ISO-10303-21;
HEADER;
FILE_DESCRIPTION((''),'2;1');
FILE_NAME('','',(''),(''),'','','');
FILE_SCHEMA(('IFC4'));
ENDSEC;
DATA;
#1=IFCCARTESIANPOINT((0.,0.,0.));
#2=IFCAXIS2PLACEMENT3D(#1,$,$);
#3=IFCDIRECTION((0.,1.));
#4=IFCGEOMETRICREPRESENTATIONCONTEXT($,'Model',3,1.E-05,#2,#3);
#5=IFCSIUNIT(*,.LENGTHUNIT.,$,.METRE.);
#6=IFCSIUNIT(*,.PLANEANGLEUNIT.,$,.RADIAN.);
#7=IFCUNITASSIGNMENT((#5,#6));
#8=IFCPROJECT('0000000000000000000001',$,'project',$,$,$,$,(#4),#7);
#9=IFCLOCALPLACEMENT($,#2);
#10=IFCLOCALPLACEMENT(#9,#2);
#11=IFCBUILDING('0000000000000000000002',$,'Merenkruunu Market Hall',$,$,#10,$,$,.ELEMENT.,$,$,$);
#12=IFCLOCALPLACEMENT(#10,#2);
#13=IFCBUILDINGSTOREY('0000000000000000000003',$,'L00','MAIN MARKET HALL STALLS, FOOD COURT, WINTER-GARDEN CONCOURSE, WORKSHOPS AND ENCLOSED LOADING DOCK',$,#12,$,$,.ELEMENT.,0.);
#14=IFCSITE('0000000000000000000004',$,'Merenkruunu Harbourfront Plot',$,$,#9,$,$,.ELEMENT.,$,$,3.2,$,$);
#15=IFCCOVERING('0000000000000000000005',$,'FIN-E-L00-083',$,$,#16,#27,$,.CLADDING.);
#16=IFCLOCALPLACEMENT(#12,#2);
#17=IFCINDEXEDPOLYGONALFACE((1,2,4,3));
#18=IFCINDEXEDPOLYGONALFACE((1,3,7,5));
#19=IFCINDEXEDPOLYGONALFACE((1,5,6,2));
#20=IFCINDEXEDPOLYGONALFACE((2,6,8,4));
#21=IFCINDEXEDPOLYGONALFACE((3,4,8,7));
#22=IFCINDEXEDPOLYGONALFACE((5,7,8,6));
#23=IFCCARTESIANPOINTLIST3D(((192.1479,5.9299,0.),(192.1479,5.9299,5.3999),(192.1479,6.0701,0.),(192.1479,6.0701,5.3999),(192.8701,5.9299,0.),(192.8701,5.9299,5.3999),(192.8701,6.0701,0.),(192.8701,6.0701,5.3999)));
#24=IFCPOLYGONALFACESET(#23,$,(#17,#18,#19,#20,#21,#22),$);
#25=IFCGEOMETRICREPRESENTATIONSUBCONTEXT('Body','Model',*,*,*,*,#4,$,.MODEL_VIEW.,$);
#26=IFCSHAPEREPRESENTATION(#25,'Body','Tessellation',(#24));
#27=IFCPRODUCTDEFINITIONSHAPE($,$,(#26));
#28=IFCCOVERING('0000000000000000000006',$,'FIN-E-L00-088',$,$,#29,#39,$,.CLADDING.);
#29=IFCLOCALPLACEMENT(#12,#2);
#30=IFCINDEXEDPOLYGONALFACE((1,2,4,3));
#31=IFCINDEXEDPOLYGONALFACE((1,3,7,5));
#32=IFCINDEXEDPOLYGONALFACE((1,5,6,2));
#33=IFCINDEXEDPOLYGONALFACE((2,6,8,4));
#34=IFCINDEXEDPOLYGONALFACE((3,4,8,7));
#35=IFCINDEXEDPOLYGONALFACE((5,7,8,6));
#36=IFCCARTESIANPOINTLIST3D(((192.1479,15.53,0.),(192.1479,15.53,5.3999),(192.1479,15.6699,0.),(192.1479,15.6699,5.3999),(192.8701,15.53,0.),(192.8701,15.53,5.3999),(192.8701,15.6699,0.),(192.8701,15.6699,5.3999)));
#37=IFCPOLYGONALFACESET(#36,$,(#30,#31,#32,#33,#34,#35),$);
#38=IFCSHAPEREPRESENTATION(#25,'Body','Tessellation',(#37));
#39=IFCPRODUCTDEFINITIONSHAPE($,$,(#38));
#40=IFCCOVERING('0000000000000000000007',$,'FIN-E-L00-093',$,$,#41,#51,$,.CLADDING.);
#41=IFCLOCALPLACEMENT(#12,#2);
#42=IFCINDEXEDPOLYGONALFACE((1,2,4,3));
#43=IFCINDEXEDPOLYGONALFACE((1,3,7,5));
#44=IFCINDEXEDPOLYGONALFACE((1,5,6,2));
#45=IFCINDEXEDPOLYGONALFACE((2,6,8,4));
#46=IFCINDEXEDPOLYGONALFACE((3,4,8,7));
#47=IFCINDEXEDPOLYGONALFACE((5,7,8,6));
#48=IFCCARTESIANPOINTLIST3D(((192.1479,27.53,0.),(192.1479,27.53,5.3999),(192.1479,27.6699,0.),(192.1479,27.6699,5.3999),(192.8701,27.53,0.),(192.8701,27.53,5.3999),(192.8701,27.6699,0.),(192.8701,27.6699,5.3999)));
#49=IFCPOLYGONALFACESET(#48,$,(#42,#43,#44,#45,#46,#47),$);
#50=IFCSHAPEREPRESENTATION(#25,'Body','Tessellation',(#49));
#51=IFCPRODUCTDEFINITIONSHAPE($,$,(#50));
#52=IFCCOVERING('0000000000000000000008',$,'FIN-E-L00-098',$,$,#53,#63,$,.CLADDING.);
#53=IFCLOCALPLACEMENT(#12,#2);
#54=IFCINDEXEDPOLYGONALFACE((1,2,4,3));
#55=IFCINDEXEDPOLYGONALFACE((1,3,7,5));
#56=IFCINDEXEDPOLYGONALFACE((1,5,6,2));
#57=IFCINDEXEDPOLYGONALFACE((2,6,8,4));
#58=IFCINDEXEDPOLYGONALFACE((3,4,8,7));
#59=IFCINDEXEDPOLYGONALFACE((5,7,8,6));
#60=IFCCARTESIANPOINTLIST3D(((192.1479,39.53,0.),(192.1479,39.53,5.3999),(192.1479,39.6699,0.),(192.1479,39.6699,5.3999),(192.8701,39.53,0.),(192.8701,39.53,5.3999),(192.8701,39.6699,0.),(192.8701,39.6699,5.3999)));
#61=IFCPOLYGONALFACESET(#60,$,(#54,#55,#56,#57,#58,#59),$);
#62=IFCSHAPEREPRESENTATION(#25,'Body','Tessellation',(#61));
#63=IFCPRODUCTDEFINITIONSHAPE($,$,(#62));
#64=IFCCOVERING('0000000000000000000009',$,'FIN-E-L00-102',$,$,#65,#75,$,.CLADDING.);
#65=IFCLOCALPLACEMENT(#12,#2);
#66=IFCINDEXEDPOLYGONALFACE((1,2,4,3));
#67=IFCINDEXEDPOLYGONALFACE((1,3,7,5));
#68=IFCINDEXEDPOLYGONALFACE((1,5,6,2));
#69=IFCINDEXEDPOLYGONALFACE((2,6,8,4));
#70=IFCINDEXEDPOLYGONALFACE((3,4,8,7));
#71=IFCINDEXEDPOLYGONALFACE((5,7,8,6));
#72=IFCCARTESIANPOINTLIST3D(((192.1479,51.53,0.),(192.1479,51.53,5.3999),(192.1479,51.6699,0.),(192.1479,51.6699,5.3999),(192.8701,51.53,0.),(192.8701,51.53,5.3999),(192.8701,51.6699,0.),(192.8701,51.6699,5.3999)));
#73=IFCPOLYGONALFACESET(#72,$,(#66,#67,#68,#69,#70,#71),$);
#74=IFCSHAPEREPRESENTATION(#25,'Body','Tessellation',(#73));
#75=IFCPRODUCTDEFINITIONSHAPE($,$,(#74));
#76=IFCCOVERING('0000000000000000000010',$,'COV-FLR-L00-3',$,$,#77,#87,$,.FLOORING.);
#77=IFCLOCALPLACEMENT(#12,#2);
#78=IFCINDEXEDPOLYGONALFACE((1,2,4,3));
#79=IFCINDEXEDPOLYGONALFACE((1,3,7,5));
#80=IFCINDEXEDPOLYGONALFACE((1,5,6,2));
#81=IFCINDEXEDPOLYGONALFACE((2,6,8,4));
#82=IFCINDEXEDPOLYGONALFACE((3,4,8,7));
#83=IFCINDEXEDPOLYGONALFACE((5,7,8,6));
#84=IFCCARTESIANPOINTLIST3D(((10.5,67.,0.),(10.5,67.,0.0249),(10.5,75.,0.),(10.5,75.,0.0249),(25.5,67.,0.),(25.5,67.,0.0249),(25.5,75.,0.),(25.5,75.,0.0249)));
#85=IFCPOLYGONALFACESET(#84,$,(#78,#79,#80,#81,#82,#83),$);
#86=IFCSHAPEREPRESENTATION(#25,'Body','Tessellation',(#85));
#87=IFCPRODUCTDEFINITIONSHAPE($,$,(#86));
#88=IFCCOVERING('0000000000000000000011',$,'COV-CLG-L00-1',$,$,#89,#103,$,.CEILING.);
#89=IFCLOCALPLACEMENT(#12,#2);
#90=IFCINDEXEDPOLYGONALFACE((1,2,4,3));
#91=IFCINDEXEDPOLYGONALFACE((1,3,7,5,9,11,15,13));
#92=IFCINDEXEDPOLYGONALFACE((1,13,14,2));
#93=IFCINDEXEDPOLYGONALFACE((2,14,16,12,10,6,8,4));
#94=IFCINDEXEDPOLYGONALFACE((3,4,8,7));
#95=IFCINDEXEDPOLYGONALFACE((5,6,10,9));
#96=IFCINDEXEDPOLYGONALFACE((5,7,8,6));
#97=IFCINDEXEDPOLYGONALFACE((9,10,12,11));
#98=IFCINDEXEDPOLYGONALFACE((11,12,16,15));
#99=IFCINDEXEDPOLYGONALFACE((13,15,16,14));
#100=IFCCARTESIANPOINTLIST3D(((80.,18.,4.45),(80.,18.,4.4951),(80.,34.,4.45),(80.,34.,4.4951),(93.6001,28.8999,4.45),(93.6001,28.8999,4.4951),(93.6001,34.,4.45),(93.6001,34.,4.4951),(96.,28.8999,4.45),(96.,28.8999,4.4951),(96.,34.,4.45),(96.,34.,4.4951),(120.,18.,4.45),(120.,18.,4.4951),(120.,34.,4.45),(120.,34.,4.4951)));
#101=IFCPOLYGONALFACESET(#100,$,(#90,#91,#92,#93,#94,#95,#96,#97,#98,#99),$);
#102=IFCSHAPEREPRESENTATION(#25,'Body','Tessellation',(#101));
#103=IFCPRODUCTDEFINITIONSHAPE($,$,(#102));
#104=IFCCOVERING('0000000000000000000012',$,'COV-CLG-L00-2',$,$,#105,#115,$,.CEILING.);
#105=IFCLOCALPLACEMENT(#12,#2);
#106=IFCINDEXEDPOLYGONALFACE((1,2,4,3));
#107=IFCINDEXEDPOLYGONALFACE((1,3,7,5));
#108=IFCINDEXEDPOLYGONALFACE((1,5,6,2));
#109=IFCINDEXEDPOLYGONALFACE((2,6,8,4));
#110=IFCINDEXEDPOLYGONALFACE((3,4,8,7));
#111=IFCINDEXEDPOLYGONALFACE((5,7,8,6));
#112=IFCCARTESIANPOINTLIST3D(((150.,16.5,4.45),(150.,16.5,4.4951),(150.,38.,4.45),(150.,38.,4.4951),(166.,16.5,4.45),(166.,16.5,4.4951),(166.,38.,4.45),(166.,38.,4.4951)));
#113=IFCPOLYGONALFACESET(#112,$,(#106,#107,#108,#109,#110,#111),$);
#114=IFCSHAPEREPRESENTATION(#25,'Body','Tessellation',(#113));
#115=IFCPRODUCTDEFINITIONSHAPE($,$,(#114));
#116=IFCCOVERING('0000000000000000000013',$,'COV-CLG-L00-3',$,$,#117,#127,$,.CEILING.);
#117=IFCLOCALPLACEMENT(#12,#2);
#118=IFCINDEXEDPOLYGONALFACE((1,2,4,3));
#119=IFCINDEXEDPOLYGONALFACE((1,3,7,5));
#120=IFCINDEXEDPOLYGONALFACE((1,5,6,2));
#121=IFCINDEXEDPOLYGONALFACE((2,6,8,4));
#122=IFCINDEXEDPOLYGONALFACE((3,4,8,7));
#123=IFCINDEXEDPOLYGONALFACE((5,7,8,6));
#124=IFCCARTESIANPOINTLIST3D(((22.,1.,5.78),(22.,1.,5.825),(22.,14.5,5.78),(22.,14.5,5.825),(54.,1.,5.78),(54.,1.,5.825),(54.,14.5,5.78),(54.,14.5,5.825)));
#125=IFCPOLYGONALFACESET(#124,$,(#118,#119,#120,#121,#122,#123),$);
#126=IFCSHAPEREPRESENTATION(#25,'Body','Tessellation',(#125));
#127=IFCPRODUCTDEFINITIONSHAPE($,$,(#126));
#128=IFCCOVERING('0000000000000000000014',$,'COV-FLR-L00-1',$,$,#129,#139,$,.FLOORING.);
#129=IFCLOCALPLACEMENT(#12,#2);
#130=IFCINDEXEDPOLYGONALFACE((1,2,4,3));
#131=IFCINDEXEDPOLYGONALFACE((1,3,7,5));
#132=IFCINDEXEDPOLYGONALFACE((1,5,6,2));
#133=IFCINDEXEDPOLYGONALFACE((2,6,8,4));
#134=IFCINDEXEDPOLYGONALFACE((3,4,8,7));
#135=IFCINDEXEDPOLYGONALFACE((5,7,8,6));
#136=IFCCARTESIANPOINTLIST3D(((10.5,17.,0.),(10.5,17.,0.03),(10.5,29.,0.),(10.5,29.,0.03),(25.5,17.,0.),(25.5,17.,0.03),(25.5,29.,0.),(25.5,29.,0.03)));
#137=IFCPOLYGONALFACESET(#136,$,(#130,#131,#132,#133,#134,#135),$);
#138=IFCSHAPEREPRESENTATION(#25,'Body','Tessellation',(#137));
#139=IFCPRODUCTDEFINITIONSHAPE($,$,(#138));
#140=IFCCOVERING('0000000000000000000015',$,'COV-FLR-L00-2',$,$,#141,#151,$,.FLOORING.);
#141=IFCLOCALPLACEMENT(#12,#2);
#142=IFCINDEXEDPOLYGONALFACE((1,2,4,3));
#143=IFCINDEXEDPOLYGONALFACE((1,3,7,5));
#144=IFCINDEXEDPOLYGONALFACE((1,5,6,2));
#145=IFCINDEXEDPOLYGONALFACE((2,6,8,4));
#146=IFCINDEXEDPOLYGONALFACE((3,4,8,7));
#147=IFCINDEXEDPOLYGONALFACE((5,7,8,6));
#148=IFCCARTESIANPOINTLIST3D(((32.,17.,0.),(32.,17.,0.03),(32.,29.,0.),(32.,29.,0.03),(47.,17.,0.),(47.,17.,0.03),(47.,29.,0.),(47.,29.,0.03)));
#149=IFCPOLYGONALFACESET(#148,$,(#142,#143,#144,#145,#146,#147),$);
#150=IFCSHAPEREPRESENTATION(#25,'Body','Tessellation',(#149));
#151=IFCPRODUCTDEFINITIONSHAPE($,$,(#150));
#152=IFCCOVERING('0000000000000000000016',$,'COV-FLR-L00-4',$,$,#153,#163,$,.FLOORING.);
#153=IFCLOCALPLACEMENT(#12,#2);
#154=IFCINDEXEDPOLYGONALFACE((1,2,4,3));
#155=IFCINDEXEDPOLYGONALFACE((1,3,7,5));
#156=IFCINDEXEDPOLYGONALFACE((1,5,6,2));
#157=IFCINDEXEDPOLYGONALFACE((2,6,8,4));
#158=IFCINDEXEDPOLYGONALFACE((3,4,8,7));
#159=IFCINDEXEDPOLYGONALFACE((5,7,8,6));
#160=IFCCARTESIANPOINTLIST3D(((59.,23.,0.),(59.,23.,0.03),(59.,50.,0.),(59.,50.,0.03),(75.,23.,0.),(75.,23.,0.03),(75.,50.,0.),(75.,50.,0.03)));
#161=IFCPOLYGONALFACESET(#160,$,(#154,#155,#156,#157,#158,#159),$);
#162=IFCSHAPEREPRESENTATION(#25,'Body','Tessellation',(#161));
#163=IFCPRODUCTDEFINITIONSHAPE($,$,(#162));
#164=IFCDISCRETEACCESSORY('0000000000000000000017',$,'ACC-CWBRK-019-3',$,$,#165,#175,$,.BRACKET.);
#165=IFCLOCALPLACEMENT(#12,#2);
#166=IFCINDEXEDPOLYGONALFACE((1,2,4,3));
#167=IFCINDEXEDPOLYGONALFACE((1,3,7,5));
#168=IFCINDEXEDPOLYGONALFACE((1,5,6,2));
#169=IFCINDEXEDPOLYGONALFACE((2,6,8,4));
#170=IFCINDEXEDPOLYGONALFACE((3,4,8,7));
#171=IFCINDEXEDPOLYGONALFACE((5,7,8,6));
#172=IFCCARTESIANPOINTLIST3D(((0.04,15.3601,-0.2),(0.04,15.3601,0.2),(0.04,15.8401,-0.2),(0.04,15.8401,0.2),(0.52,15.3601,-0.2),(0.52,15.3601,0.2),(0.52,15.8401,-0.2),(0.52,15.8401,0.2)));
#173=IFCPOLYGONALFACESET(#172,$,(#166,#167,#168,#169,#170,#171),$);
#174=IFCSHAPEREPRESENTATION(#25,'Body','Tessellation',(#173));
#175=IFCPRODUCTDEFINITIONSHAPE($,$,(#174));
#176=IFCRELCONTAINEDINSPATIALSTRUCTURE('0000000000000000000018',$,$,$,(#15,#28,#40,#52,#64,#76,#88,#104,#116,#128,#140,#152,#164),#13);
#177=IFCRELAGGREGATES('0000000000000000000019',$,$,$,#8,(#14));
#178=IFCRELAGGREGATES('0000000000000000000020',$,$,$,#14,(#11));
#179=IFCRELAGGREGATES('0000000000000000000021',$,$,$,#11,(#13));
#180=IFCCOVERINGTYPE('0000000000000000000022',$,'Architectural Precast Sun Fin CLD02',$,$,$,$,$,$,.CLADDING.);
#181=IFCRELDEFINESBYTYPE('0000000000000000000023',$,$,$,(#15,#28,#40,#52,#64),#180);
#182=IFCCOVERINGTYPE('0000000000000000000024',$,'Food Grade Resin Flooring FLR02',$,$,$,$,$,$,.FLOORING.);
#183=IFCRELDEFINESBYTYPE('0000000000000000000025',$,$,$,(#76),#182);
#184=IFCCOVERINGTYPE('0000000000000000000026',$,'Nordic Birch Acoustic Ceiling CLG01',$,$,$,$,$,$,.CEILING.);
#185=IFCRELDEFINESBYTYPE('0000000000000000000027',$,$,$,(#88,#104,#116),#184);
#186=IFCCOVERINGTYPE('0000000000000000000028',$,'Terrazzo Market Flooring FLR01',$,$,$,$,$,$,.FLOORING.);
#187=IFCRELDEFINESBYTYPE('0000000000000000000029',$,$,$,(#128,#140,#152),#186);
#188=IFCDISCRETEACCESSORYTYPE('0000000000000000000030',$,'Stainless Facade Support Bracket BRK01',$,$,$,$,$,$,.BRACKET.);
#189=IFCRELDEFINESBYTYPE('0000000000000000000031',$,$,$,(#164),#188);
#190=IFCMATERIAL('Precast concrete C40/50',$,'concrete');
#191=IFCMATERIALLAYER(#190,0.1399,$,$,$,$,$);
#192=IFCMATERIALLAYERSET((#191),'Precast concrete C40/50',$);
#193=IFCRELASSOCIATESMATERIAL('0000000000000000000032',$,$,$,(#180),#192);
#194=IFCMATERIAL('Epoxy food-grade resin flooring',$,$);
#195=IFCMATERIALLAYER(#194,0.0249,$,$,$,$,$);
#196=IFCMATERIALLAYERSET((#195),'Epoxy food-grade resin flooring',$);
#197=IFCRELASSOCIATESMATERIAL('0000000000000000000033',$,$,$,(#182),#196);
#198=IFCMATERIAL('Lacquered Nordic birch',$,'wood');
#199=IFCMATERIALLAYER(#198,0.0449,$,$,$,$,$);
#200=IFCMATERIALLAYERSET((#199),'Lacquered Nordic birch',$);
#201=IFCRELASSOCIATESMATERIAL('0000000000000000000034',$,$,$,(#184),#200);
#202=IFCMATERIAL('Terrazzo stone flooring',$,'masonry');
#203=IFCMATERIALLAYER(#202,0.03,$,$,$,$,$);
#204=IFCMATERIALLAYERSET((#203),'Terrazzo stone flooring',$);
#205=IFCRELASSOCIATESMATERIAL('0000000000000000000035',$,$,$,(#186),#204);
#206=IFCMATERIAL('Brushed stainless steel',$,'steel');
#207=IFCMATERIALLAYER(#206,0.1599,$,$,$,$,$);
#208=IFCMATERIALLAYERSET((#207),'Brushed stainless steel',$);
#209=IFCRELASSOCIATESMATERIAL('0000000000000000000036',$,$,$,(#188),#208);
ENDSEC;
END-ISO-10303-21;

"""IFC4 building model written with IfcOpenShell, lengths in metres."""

from ifc_helpers import new_model, si_unit, direction, frame, origin, origin_2d, place, context, subcontext, project, spatial, polyline, rectangle, outline, extrude, material, layer, layer_set, type_object, element, save


model = new_model("IFC4")

# Units and contexts
model_context = context("Model", 3, precision=1e-05, world=origin(), true_north=direction((0.0, 1.0)))
body_context = subcontext(model_context, "Body", "Model", "MODEL_VIEW")
ifc_project = project(units=[si_unit("LENGTHUNIT", "METRE"), si_unit("PLANEANGLEUNIT", "RADIAN")], contexts=[model_context])

# Site, building, storey
site_placement = place(None, origin())
site = spatial("IfcSite", under=ifc_project, at=site_placement, Name="Merenkruunu Harbourfront Plot", CompositionType="ELEMENT", RefElevation=3.2)
building_placement = place(site_placement, origin())
building = spatial("IfcBuilding", under=site, at=building_placement, Name="Merenkruunu Market Hall", CompositionType="ELEMENT")
storey_placement = place(building_placement, origin())
storey = spatial("IfcBuildingStorey", under=building, at=storey_placement, Name="L00", Description="MAIN MARKET HALL STALLS, FOOD COURT, WINTER-GARDEN CONCOURSE, WORKSHOPS AND ENCLOSED LOADING DOCK", CompositionType="ELEMENT", Elevation=0.0)

# Coverings
ifc_material_1 = material(Name="Precast concrete C40/50", Category="concrete")
ifc_layer_1 = layer(ifc_material_1, 0.1399)
ifc_layer_set_1 = layer_set([ifc_layer_1], Name="Precast concrete C40/50")
covering_type_1 = type_object("IfcCoveringType", Name="Architectural Precast Sun Fin CLD02", PredefinedType="CLADDING", material=ifc_layer_set_1)
covering_1_placement = place(storey_placement, origin())
element("IfcCovering", 1, at=covering_1_placement, inside=storey, type_object=covering_type_1, Name="FIN-E-L00-083", PredefinedType="CLADDING", context=body_context, shape_type="SweptSolid", body=[
    extrude(outline(polyline([(192.1479, 5.9299), (192.8701, 5.9299), (192.8701, 6.0701), (192.1479, 6.0701), (192.1479, 5.9299)])), origin(), (0.0, 0.0, 1.0), 5.3999),
])
covering_2_placement = place(storey_placement, origin())
element("IfcCovering", 2, at=covering_2_placement, inside=storey, type_object=covering_type_1, Name="FIN-E-L00-088", PredefinedType="CLADDING", context=body_context, shape_type="SweptSolid", body=[
    extrude(outline(polyline([(192.1479, 15.53), (192.8701, 15.53), (192.8701, 15.6699), (192.1479, 15.6699), (192.1479, 15.53)])), origin(), (0.0, 0.0, 1.0), 5.3999),
])
covering_3_placement = place(storey_placement, origin())
element("IfcCovering", 3, at=covering_3_placement, inside=storey, type_object=covering_type_1, Name="FIN-E-L00-093", PredefinedType="CLADDING", context=body_context, shape_type="SweptSolid", body=[
    extrude(outline(polyline([(192.1479, 27.53), (192.8701, 27.53), (192.8701, 27.6699), (192.1479, 27.6699), (192.1479, 27.53)])), origin(), (0.0, 0.0, 1.0), 5.3999),
])
covering_4_placement = place(storey_placement, origin())
element("IfcCovering", 4, at=covering_4_placement, inside=storey, type_object=covering_type_1, Name="FIN-E-L00-098", PredefinedType="CLADDING", context=body_context, shape_type="SweptSolid", body=[
    extrude(outline(polyline([(192.1479, 39.53), (192.8701, 39.53), (192.8701, 39.6699), (192.1479, 39.6699), (192.1479, 39.53)])), origin(), (0.0, 0.0, 1.0), 5.3999),
])
covering_5_placement = place(storey_placement, origin())
element("IfcCovering", 5, at=covering_5_placement, inside=storey, type_object=covering_type_1, Name="FIN-E-L00-102", PredefinedType="CLADDING", context=body_context, shape_type="SweptSolid", body=[
    extrude(outline(polyline([(192.1479, 51.53), (192.8701, 51.53), (192.8701, 51.6699), (192.1479, 51.6699), (192.1479, 51.53)])), origin(), (0.0, 0.0, 1.0), 5.3999),
])
ifc_material_2 = material(Name="Epoxy food-grade resin flooring")
ifc_layer_2 = layer(ifc_material_2, 0.0249)
ifc_layer_set_2 = layer_set([ifc_layer_2], Name="Epoxy food-grade resin flooring")
covering_type_2 = type_object("IfcCoveringType", Name="Food Grade Resin Flooring FLR02", PredefinedType="FLOORING", material=ifc_layer_set_2)
covering_6_placement = place(storey_placement, origin())
element("IfcCovering", 6, at=covering_6_placement, inside=storey, type_object=covering_type_2, Name="COV-FLR-L00-3", PredefinedType="FLOORING", context=body_context, shape_type="SweptSolid", body=[
    extrude(outline(polyline([(10.5, 67.0), (10.5, 75.0), (25.5, 75.0), (25.5, 67.0), (10.5, 67.0)])), origin(), (0.0, 0.0, 1.0), 0.0249),
])
ifc_material_3 = material(Name="Lacquered Nordic birch", Category="wood")
ifc_layer_3 = layer(ifc_material_3, 0.0449)
ifc_layer_set_3 = layer_set([ifc_layer_3], Name="Lacquered Nordic birch")
covering_type_3 = type_object("IfcCoveringType", Name="Nordic Birch Acoustic Ceiling CLG01", PredefinedType="CEILING", material=ifc_layer_set_3)
covering_7_placement = place(storey_placement, frame((0.0, 0.0, 4.45)))
element("IfcCovering", 7, at=covering_7_placement, inside=storey, type_object=covering_type_3, Name="COV-CLG-L00-1", PredefinedType="CEILING", context=body_context, shape_type="SweptSolid", body=[
    extrude(outline(polyline([(120.0, 34.0), (120.0, 18.0), (80.0, 18.0), (80.0, 34.0), (93.6001, 34.0), (93.6001, 28.8999), (96.0, 28.8999), (96.0, 34.0), (120.0, 34.0)])), origin(), (0.0, 0.0, 1.0), 0.0452),
])
covering_8_placement = place(storey_placement, frame((0.0, 0.0, 4.45)))
element("IfcCovering", 8, at=covering_8_placement, inside=storey, type_object=covering_type_3, Name="COV-CLG-L00-2", PredefinedType="CEILING", context=body_context, shape_type="SweptSolid", body=[
    extrude(outline(polyline([(150.0, 16.5), (150.0, 38.0), (166.0, 38.0), (166.0, 16.5), (150.0, 16.5)])), origin(), (0.0, 0.0, 1.0), 0.0452),
])
covering_9_placement = place(storey_placement, frame((0.0, 0.0, 5.78)))
element("IfcCovering", 9, at=covering_9_placement, inside=storey, type_object=covering_type_3, Name="COV-CLG-L00-3", PredefinedType="CEILING", context=body_context, shape_type="SweptSolid", body=[
    extrude(outline(polyline([(22.0, 1.0), (22.0, 14.5), (54.0, 14.5), (54.0, 1.0), (22.0, 1.0)])), origin(), (0.0, 0.0, 1.0), 0.0449),
])
ifc_material_4 = material(Name="Terrazzo stone flooring", Category="masonry")
ifc_layer_4 = layer(ifc_material_4, 0.03)
ifc_layer_set_4 = layer_set([ifc_layer_4], Name="Terrazzo stone flooring")
covering_type_4 = type_object("IfcCoveringType", Name="Terrazzo Market Flooring FLR01", PredefinedType="FLOORING", material=ifc_layer_set_4)
covering_10_placement = place(storey_placement, origin())
element("IfcCovering", 10, at=covering_10_placement, inside=storey, type_object=covering_type_4, Name="COV-FLR-L00-1", PredefinedType="FLOORING", context=body_context, shape_type="SweptSolid", body=[
    extrude(outline(polyline([(10.5, 17.0), (10.5, 29.0), (25.5, 29.0), (25.5, 17.0), (10.5, 17.0)])), origin(), (0.0, 0.0, 1.0), 0.03),
])
covering_11_placement = place(storey_placement, origin())
element("IfcCovering", 11, at=covering_11_placement, inside=storey, type_object=covering_type_4, Name="COV-FLR-L00-2", PredefinedType="FLOORING", context=body_context, shape_type="SweptSolid", body=[
    extrude(outline(polyline([(32.0, 17.0), (32.0, 29.0), (47.0, 29.0), (47.0, 17.0), (32.0, 17.0)])), origin(), (0.0, 0.0, 1.0), 0.03),
])
covering_12_placement = place(storey_placement, origin())
element("IfcCovering", 12, at=covering_12_placement, inside=storey, type_object=covering_type_4, Name="COV-FLR-L00-4", PredefinedType="FLOORING", context=body_context, shape_type="SweptSolid", body=[
    extrude(outline(polyline([(59.0, 23.0), (59.0, 50.0), (75.0, 50.0), (75.0, 23.0), (59.0, 23.0)])), origin(), (0.0, 0.0, 1.0), 0.03),
])

# Discrete accessory
ifc_material_5 = material(Name="Brushed stainless steel", Category="steel")
ifc_layer_5 = layer(ifc_material_5, 0.1599)
ifc_layer_set_5 = layer_set([ifc_layer_5], Name="Brushed stainless steel")
discrete_accessory_type = type_object("IfcDiscreteAccessoryType", Name="Stainless Facade Support Bracket BRK01", PredefinedType="BRACKET", material=ifc_layer_set_5)
discrete_accessory_placement = place(storey_placement, frame((0.28, 15.6001, -0.2), z_axis=(0.0, 0.0, 1.0), x_axis=(1.0, 0.0, 0.0)))
element("IfcDiscreteAccessory", 13, at=discrete_accessory_placement, inside=storey, type_object=discrete_accessory_type, Name="ACC-CWBRK-019-3", PredefinedType="BRACKET", context=body_context, shape_type="SweptSolid", body=[
    extrude(rectangle(XDim=0.48, YDim=0.48, at=origin_2d()), origin(), (0.0, 0.0, 1.0), 0.3999),
])

save(model, "model.ifc")
